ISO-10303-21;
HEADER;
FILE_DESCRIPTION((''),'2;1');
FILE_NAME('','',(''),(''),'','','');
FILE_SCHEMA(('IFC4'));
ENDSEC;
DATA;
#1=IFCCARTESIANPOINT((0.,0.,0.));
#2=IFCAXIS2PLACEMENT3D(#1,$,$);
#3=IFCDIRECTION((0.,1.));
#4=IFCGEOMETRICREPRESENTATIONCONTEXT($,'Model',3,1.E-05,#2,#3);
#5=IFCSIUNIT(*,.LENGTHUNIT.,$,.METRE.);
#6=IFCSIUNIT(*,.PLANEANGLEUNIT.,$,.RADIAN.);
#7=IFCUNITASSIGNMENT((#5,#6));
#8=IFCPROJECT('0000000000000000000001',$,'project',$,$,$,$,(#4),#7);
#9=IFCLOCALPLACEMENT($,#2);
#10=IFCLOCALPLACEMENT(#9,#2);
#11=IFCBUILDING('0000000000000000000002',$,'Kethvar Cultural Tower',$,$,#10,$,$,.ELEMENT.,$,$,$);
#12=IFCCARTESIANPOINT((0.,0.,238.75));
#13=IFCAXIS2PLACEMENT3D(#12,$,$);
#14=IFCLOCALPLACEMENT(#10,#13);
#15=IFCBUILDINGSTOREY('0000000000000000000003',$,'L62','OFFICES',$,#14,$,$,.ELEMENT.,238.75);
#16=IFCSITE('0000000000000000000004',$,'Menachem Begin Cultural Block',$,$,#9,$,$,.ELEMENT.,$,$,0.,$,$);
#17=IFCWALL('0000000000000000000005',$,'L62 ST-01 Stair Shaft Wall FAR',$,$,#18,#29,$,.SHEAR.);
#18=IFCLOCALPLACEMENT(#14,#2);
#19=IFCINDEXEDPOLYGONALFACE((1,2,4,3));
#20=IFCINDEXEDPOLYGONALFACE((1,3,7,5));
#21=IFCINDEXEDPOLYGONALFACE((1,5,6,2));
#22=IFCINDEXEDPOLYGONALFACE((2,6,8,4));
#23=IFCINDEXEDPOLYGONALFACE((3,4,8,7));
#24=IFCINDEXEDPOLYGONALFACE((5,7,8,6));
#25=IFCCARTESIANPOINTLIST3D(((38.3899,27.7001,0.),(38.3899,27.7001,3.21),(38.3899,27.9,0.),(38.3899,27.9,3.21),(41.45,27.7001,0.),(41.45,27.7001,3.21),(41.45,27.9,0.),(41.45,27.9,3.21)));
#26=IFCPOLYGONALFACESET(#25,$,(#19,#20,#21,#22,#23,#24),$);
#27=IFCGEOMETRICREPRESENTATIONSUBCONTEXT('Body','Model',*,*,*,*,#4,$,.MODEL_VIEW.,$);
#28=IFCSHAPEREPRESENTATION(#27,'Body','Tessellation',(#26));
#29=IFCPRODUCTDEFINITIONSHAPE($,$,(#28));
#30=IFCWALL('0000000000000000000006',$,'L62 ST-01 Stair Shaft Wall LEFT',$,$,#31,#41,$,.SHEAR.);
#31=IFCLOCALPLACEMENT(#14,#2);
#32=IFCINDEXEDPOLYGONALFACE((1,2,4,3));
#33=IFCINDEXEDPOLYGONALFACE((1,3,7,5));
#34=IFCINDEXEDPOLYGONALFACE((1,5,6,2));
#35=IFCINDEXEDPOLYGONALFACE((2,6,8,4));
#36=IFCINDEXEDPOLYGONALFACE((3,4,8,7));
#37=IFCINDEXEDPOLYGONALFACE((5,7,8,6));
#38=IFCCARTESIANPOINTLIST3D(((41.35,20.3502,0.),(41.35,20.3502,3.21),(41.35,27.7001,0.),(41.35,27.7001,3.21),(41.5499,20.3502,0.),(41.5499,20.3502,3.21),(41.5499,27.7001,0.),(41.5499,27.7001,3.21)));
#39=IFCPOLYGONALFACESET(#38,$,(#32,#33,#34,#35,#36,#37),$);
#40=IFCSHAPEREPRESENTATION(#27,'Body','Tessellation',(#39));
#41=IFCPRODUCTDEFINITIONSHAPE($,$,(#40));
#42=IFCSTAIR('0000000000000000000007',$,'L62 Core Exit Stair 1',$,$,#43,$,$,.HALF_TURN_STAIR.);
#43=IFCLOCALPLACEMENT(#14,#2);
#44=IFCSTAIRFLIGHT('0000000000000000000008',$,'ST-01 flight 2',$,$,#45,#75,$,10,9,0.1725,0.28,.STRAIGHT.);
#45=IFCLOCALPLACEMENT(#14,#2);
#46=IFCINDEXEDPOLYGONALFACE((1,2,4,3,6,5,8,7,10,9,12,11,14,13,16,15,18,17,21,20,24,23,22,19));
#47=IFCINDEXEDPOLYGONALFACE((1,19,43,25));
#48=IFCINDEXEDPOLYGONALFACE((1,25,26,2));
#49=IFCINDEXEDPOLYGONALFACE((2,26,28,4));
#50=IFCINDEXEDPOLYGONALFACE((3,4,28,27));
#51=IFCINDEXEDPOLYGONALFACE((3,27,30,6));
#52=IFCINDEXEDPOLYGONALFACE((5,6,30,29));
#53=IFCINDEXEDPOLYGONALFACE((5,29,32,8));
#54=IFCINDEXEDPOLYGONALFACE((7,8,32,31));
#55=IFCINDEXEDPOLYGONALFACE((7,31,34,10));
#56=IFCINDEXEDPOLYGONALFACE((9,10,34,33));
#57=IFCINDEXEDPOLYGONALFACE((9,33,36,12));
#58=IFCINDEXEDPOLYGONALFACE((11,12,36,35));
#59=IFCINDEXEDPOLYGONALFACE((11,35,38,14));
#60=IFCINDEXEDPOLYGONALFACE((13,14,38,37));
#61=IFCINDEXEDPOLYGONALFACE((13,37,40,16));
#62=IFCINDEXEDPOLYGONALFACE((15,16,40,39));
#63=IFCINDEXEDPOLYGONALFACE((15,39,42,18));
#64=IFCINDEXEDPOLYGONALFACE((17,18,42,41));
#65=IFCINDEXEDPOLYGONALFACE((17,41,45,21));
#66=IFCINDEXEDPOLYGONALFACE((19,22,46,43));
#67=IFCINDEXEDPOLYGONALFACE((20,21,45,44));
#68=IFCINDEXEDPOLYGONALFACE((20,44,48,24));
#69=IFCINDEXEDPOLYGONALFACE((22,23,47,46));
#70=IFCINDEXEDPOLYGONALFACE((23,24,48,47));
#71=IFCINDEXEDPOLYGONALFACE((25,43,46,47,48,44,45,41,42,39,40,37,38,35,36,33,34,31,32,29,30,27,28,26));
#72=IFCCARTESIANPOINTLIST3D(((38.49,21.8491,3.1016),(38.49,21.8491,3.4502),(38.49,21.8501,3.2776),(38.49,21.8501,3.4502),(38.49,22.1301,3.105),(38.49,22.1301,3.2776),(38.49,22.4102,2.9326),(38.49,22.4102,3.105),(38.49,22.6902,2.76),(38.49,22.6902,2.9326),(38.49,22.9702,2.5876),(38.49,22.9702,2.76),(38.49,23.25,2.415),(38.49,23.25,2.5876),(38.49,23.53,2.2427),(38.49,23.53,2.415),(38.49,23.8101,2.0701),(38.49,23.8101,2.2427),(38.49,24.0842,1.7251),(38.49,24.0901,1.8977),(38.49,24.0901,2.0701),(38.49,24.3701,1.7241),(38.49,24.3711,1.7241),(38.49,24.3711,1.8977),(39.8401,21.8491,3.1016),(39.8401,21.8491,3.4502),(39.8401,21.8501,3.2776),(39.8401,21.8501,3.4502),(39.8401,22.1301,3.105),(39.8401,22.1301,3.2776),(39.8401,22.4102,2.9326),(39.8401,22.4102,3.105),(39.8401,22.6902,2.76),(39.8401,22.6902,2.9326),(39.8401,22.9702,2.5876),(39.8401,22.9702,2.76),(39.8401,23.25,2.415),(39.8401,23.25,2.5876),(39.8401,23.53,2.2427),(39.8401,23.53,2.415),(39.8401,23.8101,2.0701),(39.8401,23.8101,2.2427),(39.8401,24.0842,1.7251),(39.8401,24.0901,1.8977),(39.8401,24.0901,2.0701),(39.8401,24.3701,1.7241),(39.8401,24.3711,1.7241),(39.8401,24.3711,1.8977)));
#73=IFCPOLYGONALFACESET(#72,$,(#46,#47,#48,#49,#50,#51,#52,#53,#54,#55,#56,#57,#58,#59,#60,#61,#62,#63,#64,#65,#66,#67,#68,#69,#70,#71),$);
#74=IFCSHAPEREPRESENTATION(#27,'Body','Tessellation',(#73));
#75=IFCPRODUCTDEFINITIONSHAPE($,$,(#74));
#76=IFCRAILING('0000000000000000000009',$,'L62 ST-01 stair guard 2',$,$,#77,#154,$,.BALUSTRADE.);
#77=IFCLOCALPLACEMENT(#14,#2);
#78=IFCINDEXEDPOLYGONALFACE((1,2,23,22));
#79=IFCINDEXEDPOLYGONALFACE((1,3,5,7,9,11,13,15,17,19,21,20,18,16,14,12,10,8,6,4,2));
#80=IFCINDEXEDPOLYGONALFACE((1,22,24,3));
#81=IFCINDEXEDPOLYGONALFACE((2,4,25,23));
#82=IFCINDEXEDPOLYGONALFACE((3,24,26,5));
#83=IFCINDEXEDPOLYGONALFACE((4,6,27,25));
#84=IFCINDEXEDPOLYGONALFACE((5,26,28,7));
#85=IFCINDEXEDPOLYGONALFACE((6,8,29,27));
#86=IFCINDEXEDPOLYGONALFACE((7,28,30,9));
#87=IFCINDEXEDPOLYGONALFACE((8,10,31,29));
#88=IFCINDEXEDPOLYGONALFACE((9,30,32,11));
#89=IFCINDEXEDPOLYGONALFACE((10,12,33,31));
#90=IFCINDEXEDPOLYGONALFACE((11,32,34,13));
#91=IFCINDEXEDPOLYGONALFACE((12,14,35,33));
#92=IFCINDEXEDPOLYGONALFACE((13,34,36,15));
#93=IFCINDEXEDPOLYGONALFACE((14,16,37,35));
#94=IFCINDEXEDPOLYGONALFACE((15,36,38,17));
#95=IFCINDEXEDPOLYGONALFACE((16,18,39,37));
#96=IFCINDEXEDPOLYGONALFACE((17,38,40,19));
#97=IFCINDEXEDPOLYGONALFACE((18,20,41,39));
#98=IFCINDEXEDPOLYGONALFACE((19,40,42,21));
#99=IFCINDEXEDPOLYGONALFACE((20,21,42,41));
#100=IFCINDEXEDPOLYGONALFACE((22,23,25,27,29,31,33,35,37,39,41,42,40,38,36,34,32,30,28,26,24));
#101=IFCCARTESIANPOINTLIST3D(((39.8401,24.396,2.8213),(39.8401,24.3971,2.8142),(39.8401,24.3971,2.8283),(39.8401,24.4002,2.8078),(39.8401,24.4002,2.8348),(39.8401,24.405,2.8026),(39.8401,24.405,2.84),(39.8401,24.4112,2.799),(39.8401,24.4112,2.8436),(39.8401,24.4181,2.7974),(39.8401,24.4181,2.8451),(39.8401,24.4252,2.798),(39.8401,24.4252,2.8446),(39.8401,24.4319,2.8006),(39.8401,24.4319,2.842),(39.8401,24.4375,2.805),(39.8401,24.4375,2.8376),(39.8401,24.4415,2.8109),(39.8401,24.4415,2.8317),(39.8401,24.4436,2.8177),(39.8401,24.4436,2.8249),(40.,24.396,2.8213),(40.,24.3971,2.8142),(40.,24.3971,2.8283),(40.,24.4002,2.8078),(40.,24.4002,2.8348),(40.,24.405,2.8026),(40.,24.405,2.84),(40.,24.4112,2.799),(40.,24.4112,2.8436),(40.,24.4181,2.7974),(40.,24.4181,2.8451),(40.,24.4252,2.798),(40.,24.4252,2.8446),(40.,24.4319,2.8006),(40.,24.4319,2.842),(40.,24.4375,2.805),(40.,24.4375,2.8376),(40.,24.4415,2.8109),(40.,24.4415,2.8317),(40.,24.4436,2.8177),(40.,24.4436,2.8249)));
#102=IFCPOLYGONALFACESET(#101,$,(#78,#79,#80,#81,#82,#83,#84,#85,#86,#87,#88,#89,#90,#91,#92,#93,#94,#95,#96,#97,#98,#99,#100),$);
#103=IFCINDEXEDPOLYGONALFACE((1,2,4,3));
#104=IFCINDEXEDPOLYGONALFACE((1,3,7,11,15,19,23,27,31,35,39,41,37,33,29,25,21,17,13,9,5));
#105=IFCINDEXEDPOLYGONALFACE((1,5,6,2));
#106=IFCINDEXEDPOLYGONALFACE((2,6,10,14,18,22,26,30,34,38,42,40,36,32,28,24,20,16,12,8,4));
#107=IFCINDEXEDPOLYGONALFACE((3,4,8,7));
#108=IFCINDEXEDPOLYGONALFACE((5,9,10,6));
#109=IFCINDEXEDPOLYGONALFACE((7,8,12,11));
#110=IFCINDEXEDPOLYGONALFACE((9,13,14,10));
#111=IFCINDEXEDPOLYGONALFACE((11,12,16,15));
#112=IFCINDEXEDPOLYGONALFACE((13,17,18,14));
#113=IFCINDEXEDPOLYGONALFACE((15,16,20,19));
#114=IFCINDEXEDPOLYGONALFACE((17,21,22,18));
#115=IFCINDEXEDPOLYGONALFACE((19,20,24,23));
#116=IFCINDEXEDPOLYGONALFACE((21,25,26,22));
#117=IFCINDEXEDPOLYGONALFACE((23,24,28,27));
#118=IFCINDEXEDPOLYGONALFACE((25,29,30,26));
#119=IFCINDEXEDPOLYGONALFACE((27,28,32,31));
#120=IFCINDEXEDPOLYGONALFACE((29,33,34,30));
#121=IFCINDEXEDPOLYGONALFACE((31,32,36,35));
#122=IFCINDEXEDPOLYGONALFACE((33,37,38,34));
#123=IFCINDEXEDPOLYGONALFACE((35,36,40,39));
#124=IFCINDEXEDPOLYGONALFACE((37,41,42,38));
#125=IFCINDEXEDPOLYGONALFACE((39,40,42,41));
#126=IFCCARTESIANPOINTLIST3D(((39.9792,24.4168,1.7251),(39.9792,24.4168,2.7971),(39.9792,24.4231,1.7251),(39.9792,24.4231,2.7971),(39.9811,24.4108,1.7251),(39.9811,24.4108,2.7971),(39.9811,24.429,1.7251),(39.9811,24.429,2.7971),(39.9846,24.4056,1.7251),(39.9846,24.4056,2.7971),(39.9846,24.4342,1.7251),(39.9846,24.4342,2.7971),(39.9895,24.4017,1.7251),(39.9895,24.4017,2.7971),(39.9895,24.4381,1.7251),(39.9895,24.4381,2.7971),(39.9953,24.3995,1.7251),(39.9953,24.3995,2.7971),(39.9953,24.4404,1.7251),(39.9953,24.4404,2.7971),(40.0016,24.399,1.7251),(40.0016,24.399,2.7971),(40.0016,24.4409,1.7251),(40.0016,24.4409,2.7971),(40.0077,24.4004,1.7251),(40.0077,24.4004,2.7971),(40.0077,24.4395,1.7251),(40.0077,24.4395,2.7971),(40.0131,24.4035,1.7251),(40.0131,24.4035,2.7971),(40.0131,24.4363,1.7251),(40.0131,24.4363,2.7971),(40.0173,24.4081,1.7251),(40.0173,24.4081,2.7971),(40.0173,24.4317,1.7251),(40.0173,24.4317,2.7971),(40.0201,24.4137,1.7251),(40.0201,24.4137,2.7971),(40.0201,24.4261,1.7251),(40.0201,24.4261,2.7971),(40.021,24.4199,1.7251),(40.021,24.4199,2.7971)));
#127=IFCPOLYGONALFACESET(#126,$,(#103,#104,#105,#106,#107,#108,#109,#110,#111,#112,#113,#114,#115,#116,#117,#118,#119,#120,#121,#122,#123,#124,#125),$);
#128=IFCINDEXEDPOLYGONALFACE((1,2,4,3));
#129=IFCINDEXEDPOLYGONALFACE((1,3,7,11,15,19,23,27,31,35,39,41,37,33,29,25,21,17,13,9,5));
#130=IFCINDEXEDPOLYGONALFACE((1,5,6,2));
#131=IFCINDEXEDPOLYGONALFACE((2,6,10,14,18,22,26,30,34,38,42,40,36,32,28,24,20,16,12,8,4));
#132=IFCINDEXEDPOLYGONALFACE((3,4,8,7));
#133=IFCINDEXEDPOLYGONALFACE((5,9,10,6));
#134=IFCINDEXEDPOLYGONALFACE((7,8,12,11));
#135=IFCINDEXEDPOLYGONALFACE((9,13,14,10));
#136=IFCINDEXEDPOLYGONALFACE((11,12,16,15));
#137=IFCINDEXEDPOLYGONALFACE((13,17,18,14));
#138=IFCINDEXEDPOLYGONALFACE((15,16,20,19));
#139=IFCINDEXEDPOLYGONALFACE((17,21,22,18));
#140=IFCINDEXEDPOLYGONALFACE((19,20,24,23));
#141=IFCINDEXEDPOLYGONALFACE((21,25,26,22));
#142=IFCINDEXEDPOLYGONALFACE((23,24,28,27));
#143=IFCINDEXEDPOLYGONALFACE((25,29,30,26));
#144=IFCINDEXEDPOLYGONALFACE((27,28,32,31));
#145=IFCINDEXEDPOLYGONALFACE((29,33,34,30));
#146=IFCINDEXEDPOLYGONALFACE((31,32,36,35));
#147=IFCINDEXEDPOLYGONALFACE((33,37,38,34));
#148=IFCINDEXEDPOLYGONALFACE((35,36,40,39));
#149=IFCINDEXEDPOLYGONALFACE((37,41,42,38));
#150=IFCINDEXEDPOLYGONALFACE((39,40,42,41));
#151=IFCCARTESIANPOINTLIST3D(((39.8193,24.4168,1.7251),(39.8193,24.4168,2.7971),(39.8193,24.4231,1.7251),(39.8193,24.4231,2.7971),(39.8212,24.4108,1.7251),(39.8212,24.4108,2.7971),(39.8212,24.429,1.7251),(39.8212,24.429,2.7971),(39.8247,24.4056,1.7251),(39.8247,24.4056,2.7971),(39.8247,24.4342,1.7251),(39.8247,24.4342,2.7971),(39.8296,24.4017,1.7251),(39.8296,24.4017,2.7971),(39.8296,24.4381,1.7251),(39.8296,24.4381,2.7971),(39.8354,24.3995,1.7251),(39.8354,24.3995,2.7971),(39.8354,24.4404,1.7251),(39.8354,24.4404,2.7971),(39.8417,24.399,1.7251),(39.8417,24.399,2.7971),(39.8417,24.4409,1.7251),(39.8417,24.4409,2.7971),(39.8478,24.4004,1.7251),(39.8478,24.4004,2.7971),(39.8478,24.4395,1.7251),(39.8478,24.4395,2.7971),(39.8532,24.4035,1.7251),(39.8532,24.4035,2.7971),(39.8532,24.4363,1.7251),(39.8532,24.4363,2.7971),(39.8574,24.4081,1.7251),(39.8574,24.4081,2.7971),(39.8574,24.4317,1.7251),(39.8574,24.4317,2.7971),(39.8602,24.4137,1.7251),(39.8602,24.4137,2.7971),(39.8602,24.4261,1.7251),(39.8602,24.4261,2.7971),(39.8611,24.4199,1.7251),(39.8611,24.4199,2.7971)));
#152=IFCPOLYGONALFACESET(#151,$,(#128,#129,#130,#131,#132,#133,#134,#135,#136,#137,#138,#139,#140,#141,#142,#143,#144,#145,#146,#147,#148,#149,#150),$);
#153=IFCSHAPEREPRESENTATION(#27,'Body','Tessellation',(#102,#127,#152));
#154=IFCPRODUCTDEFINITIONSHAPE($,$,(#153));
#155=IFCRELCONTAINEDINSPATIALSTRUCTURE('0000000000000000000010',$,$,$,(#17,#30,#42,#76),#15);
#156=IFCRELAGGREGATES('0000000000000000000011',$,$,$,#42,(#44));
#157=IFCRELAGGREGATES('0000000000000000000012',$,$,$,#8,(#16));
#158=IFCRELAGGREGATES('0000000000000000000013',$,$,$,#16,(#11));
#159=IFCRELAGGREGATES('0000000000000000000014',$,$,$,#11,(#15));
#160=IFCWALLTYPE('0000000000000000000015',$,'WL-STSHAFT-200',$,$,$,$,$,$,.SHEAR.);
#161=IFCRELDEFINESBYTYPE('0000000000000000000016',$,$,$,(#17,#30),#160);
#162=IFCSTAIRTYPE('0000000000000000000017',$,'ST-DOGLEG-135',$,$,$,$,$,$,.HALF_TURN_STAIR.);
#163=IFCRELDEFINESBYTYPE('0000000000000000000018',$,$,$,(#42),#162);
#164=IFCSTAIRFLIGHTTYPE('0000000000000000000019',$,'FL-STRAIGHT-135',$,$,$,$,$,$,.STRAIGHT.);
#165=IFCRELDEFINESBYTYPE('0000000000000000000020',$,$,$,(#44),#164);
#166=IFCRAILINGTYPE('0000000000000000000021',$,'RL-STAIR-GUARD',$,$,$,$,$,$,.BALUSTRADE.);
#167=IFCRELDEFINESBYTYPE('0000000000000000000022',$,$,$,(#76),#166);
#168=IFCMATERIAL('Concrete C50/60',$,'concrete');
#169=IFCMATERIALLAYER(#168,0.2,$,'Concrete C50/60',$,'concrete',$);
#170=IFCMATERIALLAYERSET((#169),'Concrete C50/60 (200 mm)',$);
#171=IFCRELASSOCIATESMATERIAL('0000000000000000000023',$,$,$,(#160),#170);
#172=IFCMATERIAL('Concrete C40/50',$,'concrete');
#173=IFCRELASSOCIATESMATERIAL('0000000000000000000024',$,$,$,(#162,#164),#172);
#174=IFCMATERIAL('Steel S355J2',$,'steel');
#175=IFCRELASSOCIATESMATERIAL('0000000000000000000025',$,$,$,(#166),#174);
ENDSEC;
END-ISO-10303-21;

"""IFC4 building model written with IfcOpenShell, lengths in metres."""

from ifc_helpers import new_model, si_unit, direction, frame, frame_2d, origin, origin_2d, place, context, subcontext, project, spatial, polyline, rectangle, circle, outline, extrude, material, layer, layer_set, type_object, element, aggregate, save


model = new_model("IFC4")

# Units and contexts
model_context = context("Model", 3, precision=1e-05, world=origin(), true_north=direction((0.0, 1.0)))
body_context = subcontext(model_context, "Body", "Model", "MODEL_VIEW")
ifc_project = project(units=[si_unit("LENGTHUNIT", "METRE"), si_unit("PLANEANGLEUNIT", "RADIAN")], contexts=[model_context])

# Site, building, storey
site_placement = place(None, origin())
site = spatial("IfcSite", under=ifc_project, at=site_placement, Name="Menachem Begin Cultural Block", CompositionType="ELEMENT", RefElevation=0.0)
building_placement = place(site_placement, origin())
building = spatial("IfcBuilding", under=site, at=building_placement, Name="Kethvar Cultural Tower", CompositionType="ELEMENT")
storey_placement = place(building_placement, frame((0.0, 0.0, 238.75)))
storey = spatial("IfcBuildingStorey", under=building, at=storey_placement, Name="L62", Description="OFFICES", CompositionType="ELEMENT", Elevation=238.75)

# Shared definitions
ifc_material_1 = material(Name="Steel S355J2", Category="steel")

# Shared definitions
ifc_material_2 = material(Name="Concrete C40/50", Category="concrete")

# Shared definitions
ifc_material_3 = material(Name="Concrete C50/60", Category="concrete")

# Walls
ifc_layer_1 = layer(ifc_material_3, 0.2, Name="Concrete C50/60", Category="concrete")
ifc_layer_set_1 = layer_set([ifc_layer_1], Name="Concrete C50/60 (200 mm)")
wall_type_1 = type_object("IfcWallType", Name="WL-STSHAFT-200", PredefinedType="SHEAR", material=ifc_layer_set_1)
wall_1_placement = place(storey_placement, frame((38.3899, 27.8, 0.0), z_axis=(0.0, 0.0, 1.0), x_axis=(1.0, 0.0, 0.0)))
element("IfcWall", 1, at=wall_1_placement, inside=storey, type_object=wall_type_1, Name="L62 ST-01 Stair Shaft Wall FAR", PredefinedType="SHEAR", context=body_context, shape_type="SweptSolid", body=[
    extrude(rectangle(XDim=3.0601, YDim=0.2, at=frame_2d((1.53, 0.0))), origin(), (0.0, 0.0, 1.0), 3.21),
])
wall_2_placement = place(storey_placement, frame((41.45, 27.7, 0.0), z_axis=(0.0, 0.0, 1.0), x_axis=(0.0, -1.0, 0.0)))
element("IfcWall", 2, at=wall_2_placement, inside=storey, type_object=wall_type_1, Name="L62 ST-01 Stair Shaft Wall LEFT", PredefinedType="SHEAR", context=body_context, shape_type="SweptSolid", body=[
    extrude(rectangle(XDim=7.3499, YDim=0.2, at=frame_2d((3.6748, 0.0))), origin(), (0.0, 0.0, 1.0), 3.21),
])

# Stair, stair flight
stair_type = type_object("IfcStairType", Name="ST-DOGLEG-135", PredefinedType="HALF_TURN_STAIR", material=ifc_material_2)
stair_placement = place(storey_placement, origin())
stair = element("IfcStair", 3, at=stair_placement, inside=storey, type_object=stair_type, Name="L62 Core Exit Stair 1", PredefinedType="HALF_TURN_STAIR")
stair_flight_type = type_object("IfcStairFlightType", Name="FL-STRAIGHT-135", PredefinedType="STRAIGHT", material=ifc_material_2)
stair_flight_placement = place(storey_placement, frame((39.165, 24.3701, 1.7251), z_axis=(0.0, 0.0, 1.0), x_axis=(0.0, -1.0, 0.0)))
stair_flight = element("IfcStairFlight", 4, at=stair_flight_placement, type_object=stair_flight_type, Name="ST-01 flight 2", NumberOfRisers=10, NumberOfTreads=9, PredefinedType="STRAIGHT", RiserHeight=0.1725, TreadLength=0.28, context=body_context, shape_type="SweptSolid", body=[
    extrude(outline(polyline([(-0.001, -0.001), (-0.001, 0.1726), (0.28, 0.1726), (0.28, 0.345), (0.5601, 0.345), (0.5601, 0.5176), (0.8401, 0.5176), (0.8401, 0.6899), (1.1201, 0.6899), (1.1201, 0.8625), (1.3999, 0.8625), (1.3999, 1.0349), (1.6799, 1.0349), (1.6799, 1.2075), (1.96, 1.2075), (1.96, 1.3799), (2.24, 1.3799), (2.24, 1.5525), (2.52, 1.5525), (2.52, 1.7251), (2.521, 1.7251), (2.521, 1.3765), (0.2859, 0.0), (0.0, -0.001), (-0.001, -0.001)])), frame((0.0, 0.675, 0.0), z_axis=(0.0, -1.0, 0.0), x_axis=(1.0, 0.0, 0.0)), (0.0, 0.0, 1.0), 1.3501),
])
aggregate(stair, [stair_flight])

# Railing
railing_type_1 = type_object("IfcRailingType", Name="RL-STAIR-GUARD", PredefinedType="BALUSTRADE", material=ifc_material_1)
railing_1_placement = place(storey_placement, frame((40.0, 24.4199, 1.7251)))
element("IfcRailing", 5, at=railing_1_placement, inside=storey, type_object=railing_type_1, Name="L62 ST-01 stair guard 2", PredefinedType="BALUSTRADE", context=body_context, shape_type="SweptSolid", body=[
    extrude(circle(Radius=0.0239, at=origin_2d()), frame((0.0, 0.0, 1.0962), z_axis=(-1.0, 0.0, 0.0), x_axis=(0.0, -1.0, 0.0)), (0.0, 0.0, 1.0), 0.1599),
    extrude(circle(Radius=0.021, at=origin_2d()), origin(), (0.0, 0.0, 1.0), 1.072),
    extrude(circle(Radius=0.021, at=origin_2d()), frame((-0.1599, 0.0, 0.0)), (0.0, 0.0, 1.0), 1.072),
])

save(model, "model.ifc")
